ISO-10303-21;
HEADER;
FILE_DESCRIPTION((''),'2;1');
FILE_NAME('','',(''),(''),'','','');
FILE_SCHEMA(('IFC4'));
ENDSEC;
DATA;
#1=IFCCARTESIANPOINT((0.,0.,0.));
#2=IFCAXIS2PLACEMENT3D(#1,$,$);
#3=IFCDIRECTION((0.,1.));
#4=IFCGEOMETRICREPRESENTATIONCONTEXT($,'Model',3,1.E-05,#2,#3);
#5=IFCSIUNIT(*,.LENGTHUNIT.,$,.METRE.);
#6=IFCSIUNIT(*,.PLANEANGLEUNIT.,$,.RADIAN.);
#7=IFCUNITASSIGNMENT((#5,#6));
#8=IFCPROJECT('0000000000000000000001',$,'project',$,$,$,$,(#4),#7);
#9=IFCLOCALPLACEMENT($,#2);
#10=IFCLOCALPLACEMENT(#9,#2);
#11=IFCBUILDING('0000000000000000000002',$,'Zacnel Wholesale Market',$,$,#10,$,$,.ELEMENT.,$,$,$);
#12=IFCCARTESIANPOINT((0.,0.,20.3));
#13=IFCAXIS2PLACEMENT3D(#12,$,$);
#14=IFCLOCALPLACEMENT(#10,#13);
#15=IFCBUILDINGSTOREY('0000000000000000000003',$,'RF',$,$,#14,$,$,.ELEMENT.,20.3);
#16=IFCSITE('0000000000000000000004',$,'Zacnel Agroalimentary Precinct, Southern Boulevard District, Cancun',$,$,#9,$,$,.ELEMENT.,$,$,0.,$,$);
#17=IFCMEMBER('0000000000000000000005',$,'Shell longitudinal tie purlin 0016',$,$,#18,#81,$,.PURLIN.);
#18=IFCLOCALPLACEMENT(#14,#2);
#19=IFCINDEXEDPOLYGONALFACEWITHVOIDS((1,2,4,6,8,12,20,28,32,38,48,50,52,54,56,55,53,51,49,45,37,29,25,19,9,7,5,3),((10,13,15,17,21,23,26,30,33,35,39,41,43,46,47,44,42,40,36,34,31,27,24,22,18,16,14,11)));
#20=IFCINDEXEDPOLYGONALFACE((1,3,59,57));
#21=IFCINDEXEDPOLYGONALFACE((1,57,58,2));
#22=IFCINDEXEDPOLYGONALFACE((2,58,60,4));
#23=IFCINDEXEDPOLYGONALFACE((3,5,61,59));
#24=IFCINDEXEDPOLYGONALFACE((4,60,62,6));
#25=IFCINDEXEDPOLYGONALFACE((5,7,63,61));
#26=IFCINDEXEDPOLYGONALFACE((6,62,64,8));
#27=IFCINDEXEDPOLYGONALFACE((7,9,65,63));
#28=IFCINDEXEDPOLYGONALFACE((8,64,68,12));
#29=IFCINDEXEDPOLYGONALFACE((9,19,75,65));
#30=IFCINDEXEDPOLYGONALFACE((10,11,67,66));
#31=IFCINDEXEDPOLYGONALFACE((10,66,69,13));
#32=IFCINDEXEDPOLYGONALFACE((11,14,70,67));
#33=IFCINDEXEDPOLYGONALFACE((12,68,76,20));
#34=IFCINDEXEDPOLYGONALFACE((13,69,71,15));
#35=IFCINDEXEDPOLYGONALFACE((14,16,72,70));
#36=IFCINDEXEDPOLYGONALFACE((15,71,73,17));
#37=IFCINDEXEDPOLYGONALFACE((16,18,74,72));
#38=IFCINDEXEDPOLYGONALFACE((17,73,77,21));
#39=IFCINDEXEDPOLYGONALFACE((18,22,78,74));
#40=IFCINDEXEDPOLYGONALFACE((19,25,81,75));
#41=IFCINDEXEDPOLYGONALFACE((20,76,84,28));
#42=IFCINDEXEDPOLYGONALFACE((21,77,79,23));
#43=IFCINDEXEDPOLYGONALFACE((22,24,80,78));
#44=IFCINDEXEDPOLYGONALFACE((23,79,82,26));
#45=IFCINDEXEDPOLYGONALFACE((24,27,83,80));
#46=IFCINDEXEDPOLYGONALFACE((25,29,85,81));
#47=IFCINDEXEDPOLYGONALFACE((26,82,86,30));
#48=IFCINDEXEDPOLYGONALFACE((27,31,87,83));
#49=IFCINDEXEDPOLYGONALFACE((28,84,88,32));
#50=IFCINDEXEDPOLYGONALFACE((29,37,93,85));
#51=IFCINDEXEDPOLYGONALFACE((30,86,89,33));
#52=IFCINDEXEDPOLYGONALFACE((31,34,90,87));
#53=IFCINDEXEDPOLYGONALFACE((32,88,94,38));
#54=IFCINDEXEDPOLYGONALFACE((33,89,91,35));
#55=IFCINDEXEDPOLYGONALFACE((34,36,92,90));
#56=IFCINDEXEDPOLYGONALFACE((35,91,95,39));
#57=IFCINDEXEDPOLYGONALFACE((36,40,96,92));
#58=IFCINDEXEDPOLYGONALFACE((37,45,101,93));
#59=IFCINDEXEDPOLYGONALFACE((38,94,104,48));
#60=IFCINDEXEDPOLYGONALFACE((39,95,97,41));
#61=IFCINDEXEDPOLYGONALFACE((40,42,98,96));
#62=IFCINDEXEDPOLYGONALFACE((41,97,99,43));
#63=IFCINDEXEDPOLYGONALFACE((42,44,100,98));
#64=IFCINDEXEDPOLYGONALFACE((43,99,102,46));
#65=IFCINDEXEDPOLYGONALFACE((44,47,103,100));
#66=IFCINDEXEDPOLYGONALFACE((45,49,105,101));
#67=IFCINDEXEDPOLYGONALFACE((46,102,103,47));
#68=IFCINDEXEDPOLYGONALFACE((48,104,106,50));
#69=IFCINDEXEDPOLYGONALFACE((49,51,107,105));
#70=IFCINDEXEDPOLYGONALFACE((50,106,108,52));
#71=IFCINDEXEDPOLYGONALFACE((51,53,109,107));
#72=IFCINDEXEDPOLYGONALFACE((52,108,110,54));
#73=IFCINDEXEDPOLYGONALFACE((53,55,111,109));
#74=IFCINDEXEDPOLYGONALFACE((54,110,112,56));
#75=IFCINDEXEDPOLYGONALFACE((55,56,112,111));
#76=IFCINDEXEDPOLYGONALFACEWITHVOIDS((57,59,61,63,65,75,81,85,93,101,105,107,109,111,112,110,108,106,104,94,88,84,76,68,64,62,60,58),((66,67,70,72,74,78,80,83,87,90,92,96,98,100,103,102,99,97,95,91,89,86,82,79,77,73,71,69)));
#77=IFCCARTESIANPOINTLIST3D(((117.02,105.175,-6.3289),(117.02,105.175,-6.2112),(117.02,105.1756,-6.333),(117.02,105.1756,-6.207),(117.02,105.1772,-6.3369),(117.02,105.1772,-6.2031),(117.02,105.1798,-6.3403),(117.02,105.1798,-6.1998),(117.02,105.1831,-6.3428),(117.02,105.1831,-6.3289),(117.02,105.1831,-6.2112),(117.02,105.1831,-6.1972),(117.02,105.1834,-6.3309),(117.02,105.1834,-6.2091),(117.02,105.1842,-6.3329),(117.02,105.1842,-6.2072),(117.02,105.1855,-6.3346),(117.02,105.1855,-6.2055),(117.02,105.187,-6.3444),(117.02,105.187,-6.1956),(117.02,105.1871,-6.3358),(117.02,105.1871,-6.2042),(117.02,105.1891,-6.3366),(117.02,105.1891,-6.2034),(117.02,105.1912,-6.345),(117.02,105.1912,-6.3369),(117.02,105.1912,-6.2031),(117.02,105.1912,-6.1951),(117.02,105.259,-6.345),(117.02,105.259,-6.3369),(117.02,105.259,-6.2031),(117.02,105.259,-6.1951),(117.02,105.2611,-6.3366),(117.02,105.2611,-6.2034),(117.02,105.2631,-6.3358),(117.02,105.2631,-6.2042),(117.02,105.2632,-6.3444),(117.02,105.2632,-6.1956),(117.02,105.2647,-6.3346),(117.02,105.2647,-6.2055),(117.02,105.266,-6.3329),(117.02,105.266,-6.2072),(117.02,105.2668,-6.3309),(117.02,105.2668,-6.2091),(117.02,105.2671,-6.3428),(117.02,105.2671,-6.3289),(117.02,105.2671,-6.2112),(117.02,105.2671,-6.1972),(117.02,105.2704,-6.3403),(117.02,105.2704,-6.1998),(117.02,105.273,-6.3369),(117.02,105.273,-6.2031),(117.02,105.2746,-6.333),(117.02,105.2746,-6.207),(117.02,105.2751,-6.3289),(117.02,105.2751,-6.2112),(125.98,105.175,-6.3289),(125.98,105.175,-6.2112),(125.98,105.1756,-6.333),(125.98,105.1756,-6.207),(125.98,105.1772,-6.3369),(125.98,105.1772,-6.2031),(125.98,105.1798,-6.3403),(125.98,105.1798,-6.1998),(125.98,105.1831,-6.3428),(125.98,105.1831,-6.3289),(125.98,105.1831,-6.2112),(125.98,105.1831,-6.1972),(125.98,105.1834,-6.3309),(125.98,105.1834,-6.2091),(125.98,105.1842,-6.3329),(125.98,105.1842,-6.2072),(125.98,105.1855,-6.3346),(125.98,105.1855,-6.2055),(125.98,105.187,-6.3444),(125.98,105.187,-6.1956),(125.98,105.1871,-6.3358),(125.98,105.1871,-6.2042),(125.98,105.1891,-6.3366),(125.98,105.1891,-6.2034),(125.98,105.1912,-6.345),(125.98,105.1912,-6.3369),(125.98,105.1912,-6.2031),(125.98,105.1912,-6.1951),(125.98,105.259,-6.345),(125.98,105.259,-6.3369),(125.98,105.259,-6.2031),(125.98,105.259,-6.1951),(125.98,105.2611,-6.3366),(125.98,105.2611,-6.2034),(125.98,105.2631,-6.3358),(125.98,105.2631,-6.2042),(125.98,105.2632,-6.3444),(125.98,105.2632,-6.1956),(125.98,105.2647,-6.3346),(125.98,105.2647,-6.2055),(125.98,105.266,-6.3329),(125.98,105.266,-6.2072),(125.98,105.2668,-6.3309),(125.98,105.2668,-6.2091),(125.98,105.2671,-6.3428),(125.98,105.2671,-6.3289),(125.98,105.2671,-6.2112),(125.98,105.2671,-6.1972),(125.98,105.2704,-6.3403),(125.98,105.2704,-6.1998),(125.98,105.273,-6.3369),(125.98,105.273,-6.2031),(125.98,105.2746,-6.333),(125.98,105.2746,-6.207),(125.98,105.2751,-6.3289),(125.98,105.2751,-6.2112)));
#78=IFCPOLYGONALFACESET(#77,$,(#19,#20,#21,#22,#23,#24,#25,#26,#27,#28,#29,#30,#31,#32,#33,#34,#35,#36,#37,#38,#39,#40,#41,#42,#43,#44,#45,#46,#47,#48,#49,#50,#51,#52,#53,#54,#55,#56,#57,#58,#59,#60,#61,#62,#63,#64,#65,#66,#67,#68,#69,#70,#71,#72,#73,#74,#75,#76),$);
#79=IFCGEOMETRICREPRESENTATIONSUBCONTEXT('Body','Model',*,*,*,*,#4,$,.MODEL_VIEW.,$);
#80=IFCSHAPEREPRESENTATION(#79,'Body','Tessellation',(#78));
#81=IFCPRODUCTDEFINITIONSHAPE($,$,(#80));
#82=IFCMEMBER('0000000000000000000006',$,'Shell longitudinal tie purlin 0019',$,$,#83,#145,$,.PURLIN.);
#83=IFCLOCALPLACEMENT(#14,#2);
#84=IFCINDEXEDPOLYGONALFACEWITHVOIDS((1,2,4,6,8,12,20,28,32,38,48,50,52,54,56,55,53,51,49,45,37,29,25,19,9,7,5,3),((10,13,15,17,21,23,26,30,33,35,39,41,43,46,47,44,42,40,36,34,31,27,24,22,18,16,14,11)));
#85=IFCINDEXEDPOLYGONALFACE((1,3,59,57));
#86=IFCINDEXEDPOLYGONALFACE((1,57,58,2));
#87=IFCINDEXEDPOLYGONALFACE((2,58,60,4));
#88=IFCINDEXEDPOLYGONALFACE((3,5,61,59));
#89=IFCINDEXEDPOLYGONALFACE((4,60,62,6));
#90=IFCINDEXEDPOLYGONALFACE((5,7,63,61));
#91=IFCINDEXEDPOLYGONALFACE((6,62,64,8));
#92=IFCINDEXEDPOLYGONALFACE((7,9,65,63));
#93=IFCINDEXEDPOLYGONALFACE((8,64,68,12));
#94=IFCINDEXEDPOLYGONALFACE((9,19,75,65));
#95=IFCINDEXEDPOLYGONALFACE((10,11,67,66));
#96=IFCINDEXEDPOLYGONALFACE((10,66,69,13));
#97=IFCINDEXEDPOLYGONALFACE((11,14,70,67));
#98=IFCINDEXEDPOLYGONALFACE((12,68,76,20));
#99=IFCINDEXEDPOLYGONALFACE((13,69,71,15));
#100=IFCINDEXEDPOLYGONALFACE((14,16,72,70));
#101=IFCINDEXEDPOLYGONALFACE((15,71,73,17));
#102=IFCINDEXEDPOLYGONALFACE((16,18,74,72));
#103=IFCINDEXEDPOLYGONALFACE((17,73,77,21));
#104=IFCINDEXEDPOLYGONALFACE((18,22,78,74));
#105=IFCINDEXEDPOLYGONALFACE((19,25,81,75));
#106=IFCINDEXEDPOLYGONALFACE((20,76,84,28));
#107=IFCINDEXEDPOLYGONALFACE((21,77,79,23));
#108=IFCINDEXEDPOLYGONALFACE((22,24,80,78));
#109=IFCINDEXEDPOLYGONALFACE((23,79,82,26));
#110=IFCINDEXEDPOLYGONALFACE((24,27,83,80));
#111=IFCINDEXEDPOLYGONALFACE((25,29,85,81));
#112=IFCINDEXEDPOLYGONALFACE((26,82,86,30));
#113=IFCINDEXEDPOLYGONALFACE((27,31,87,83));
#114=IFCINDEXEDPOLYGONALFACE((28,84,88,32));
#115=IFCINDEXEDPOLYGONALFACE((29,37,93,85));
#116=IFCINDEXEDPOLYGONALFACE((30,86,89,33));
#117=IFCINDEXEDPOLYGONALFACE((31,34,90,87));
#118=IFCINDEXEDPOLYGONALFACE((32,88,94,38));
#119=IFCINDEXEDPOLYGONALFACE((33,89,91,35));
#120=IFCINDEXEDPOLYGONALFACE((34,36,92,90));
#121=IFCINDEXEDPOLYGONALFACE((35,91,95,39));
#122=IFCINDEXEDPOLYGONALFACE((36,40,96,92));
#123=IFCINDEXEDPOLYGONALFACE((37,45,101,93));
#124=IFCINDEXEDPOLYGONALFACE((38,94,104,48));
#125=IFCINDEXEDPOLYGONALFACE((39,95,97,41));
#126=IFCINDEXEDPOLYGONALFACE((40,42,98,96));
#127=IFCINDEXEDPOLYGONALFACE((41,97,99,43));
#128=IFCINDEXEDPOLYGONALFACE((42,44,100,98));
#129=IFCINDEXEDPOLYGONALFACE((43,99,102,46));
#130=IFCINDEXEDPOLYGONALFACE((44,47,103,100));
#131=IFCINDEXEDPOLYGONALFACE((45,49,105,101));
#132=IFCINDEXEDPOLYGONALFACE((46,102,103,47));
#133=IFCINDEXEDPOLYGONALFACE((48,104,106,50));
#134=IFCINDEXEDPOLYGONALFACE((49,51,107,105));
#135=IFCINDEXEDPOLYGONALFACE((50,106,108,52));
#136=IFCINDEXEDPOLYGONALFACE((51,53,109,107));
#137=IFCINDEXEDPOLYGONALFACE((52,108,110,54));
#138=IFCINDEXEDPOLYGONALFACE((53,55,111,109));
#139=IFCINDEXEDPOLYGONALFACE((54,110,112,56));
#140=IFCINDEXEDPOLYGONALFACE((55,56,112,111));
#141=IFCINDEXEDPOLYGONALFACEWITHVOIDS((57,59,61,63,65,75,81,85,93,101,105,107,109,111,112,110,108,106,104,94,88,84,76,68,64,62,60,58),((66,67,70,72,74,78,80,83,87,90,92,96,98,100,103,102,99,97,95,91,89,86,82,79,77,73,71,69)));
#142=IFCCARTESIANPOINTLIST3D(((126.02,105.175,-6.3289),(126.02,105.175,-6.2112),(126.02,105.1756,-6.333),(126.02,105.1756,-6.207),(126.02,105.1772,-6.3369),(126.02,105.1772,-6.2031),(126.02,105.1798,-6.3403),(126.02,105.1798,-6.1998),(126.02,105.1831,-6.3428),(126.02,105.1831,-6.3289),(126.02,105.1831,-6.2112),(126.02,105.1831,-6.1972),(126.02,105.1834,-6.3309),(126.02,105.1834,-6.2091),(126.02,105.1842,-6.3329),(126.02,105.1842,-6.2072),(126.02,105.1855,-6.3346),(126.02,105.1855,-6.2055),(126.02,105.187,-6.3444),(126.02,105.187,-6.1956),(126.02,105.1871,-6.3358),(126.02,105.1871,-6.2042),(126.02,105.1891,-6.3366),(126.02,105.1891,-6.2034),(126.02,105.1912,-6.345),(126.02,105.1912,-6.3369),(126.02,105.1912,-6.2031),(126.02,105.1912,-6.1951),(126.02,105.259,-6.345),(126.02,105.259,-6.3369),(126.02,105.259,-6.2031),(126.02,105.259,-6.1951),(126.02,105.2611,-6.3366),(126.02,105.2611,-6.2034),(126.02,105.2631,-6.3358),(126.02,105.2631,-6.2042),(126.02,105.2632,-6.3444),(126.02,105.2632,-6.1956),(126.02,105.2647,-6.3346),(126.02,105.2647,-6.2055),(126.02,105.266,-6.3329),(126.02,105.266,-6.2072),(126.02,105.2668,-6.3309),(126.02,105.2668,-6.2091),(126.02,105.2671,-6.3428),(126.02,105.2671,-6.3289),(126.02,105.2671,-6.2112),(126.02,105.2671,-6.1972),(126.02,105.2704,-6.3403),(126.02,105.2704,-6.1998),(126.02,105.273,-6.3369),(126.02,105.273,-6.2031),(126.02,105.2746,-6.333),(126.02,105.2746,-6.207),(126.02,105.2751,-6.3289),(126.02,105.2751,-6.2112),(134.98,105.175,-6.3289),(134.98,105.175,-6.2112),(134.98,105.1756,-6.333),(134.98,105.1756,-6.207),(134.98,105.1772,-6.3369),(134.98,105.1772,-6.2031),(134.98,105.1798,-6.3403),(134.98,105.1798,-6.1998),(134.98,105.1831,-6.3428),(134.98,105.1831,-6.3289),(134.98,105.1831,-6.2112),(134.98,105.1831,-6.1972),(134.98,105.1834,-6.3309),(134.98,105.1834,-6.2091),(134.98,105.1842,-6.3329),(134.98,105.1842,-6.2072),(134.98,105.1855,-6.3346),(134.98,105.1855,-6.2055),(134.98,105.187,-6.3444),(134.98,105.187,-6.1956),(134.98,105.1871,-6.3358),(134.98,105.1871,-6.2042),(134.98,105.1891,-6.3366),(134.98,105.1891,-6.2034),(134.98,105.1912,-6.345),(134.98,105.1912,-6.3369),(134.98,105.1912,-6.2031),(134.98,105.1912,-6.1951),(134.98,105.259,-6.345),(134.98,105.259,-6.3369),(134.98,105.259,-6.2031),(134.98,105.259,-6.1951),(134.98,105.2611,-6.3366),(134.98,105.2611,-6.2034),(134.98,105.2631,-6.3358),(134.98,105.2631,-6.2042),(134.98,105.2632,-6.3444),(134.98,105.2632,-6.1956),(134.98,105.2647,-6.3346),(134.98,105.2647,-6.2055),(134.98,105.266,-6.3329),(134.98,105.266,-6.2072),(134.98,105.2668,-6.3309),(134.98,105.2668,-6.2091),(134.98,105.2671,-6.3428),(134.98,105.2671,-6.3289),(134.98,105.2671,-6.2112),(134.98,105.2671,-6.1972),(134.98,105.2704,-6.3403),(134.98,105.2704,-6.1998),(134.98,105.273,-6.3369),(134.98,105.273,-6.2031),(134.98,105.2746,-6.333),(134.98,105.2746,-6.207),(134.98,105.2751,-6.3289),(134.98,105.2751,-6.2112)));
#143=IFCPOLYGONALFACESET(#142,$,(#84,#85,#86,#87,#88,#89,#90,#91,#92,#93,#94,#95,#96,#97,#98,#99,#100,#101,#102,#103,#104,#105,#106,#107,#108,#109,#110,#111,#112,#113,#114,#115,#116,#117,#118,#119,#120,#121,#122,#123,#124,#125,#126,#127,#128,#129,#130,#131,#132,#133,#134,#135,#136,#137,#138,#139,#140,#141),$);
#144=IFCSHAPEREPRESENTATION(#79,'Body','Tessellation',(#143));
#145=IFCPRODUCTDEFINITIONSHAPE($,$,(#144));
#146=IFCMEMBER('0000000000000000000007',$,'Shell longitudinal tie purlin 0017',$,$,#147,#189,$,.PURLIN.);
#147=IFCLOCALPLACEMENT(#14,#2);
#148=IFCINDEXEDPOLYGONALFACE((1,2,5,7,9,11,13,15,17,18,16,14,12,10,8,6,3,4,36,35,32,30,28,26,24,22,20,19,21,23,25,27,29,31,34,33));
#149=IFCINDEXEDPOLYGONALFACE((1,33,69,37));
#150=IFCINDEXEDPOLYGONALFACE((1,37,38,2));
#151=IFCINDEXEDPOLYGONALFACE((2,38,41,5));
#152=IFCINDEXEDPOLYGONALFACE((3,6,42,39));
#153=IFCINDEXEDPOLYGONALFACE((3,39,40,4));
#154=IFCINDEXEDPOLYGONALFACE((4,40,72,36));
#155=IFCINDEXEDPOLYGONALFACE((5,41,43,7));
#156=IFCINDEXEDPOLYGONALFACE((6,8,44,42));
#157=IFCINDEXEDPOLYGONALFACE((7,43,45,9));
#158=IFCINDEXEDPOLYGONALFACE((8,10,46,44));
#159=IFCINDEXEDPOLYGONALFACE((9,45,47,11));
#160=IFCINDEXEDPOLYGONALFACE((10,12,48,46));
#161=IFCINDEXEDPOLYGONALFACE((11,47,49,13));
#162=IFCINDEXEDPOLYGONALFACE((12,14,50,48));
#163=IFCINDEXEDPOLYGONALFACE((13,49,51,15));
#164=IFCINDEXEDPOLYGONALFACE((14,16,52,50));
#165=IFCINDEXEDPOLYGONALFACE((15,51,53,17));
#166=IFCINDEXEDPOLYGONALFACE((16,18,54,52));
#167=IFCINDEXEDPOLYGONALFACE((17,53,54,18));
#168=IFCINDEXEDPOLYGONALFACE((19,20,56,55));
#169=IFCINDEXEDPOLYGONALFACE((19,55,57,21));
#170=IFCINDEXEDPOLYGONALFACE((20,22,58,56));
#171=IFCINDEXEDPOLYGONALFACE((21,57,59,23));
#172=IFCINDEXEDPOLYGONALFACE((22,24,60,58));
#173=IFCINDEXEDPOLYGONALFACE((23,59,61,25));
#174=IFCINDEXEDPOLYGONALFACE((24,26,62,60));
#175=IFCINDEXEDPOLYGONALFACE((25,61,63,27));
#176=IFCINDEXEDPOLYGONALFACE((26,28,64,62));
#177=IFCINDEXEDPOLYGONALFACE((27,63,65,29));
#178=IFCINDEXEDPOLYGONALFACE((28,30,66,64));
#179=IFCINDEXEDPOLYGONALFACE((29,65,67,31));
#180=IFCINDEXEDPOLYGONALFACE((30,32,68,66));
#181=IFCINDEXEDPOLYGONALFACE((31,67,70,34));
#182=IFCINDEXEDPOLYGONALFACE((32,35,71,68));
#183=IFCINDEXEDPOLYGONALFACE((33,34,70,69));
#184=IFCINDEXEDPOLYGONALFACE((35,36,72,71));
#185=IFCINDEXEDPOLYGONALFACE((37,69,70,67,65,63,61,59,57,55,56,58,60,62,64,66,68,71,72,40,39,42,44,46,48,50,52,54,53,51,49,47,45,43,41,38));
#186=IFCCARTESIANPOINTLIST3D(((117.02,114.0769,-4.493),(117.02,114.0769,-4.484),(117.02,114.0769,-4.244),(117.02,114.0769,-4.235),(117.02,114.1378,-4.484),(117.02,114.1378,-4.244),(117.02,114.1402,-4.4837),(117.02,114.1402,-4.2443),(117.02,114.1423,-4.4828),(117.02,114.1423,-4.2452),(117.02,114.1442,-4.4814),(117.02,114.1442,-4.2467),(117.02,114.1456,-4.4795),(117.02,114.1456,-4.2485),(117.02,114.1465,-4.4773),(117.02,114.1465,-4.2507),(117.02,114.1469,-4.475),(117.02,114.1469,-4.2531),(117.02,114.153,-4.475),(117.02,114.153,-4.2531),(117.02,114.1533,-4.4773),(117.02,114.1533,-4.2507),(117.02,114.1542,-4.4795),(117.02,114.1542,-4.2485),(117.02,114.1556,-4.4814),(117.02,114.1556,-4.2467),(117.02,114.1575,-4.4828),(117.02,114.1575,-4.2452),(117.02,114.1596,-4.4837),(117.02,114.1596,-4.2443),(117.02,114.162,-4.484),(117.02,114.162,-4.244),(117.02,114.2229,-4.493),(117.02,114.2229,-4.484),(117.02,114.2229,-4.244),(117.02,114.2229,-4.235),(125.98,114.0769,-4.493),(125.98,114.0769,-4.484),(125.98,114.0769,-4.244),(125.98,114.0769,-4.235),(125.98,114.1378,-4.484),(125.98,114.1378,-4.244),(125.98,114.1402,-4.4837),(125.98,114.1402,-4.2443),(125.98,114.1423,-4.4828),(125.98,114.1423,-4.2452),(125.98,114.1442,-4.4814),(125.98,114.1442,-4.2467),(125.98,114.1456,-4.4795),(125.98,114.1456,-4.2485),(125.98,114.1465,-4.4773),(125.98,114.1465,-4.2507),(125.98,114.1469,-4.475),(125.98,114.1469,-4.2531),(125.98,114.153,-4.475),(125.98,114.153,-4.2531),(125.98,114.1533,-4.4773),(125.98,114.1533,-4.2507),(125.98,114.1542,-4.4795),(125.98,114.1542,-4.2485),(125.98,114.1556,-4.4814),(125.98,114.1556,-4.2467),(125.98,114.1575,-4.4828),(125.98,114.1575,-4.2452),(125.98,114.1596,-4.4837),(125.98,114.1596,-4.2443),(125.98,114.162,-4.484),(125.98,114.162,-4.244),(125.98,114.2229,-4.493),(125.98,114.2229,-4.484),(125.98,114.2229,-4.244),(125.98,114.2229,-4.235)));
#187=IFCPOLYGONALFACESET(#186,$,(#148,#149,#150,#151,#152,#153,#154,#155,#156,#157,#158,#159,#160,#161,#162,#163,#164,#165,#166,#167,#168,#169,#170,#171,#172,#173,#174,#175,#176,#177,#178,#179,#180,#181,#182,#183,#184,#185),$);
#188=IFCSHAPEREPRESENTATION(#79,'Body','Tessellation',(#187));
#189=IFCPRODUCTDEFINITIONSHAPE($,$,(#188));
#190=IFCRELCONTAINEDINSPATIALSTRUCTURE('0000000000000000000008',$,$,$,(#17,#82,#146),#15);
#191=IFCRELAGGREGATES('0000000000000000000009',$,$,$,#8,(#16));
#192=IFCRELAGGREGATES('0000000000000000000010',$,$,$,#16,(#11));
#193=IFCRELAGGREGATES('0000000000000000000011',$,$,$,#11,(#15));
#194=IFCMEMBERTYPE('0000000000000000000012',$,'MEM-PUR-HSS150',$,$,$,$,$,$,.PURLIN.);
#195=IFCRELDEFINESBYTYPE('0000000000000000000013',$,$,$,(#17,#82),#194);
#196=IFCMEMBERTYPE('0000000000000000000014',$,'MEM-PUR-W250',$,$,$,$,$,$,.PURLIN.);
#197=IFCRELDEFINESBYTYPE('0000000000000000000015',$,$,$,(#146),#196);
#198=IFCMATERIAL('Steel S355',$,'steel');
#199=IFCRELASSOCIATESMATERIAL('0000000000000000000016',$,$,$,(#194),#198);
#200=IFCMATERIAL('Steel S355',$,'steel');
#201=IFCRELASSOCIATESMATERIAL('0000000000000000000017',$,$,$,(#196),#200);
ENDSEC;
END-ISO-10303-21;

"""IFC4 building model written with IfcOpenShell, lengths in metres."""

from ifc_helpers import new_model, si_unit, direction, frame, origin, origin_2d, place, context, subcontext, project, spatial, hollow_rectangle, i_section, extrude, material, material_profile, profile_set, type_object, element, save


model = new_model("IFC4")

# Units and contexts
model_context = context("Model", 3, precision=1e-05, world=origin(), true_north=direction((0.0, 1.0)))
body_context = subcontext(model_context, "Body", "Model", "MODEL_VIEW")
ifc_project = project(units=[si_unit("LENGTHUNIT", "METRE"), si_unit("PLANEANGLEUNIT", "RADIAN")], contexts=[model_context])

# Site, building, storey
site_placement = place(None, origin())
site = spatial("IfcSite", under=ifc_project, at=site_placement, Name="Zacnel Agroalimentary Precinct, Southern Boulevard District, Cancun", CompositionType="ELEMENT", RefElevation=0.0)
building_placement = place(site_placement, origin())
building = spatial("IfcBuilding", under=site, at=building_placement, Name="Zacnel Wholesale Market", CompositionType="ELEMENT")
storey_placement = place(building_placement, frame((0.0, 0.0, 20.3)))
storey = spatial("IfcBuildingStorey", under=building, at=storey_placement, Name="RF", CompositionType="ELEMENT", Elevation=20.3)

# Members
ifc_material_1 = material(Name="Steel S355", Category="steel")
ifc_material_profile_1 = material_profile(ifc_material_1, hollow_rectangle(XDim=0.1001, YDim=0.1499, WallThickness=0.0081, InnerFilletRadius=0.0081, OuterFilletRadius=0.0161, at=origin_2d()), Name="HSS 150x100x8")
ifc_profile_set_1 = profile_set([ifc_material_profile_1], Name="Steel S355")
member_type_1 = type_object("IfcMemberType", Name="MEM-PUR-HSS150", PredefinedType="PURLIN", material=ifc_profile_set_1)
for number, where, z_axis, x_axis, name in (
    (1, (117.02, 105.2251, -6.27), (1.0, 0.0, 0.0), (0.0, 1.0, 0.0), "Shell longitudinal tie purlin 0016"),
    (2, (126.02, 105.2251, -6.27), (1.0, 0.0, 0.0), (0.0, 1.0, 0.0), "Shell longitudinal tie purlin 0019"),
):
    element("IfcMember", number, at=place(storey_placement, frame(where, z_axis=z_axis, x_axis=x_axis)), inside=storey, type_object=member_type_1, Name=name, PredefinedType="PURLIN", context=body_context, shape_type="SweptSolid", body=[
        extrude(hollow_rectangle(XDim=0.1001, YDim=0.1499, WallThickness=0.0081, InnerFilletRadius=0.0081, OuterFilletRadius=0.0161, at=origin_2d()), origin(), (0.0, 0.0, 1.0), 8.96),
    ])
ifc_material_2 = material(Name="Steel S355", Category="steel")
ifc_material_profile_2 = material_profile(ifc_material_2, i_section(OverallWidth=0.146, OverallDepth=0.2581, WebThickness=0.0061, FlangeThickness=0.009, FilletRadius=0.009, at=origin_2d()), Name="W250X32.7")
ifc_profile_set_2 = profile_set([ifc_material_profile_2], Name="Steel S355")
member_type_2 = type_object("IfcMemberType", Name="MEM-PUR-W250", PredefinedType="PURLIN", material=ifc_profile_set_2)
for number, where, z_axis, x_axis, name in (
    (3, (117.02, 114.1499, -4.364), (1.0, 0.0, 0.0), (0.0, 1.0, 0.0), "Shell longitudinal tie purlin 0017"),
):
    element("IfcMember", number, at=place(storey_placement, frame(where, z_axis=z_axis, x_axis=x_axis)), inside=storey, type_object=member_type_2, Name=name, PredefinedType="PURLIN", context=body_context, shape_type="SweptSolid", body=[
        extrude(i_section(OverallWidth=0.146, OverallDepth=0.2581, WebThickness=0.0061, FlangeThickness=0.009, FilletRadius=0.009, at=origin_2d()), origin(), (0.0, 0.0, 1.0), 8.96),
    ])

save(model, "model.ifc")
